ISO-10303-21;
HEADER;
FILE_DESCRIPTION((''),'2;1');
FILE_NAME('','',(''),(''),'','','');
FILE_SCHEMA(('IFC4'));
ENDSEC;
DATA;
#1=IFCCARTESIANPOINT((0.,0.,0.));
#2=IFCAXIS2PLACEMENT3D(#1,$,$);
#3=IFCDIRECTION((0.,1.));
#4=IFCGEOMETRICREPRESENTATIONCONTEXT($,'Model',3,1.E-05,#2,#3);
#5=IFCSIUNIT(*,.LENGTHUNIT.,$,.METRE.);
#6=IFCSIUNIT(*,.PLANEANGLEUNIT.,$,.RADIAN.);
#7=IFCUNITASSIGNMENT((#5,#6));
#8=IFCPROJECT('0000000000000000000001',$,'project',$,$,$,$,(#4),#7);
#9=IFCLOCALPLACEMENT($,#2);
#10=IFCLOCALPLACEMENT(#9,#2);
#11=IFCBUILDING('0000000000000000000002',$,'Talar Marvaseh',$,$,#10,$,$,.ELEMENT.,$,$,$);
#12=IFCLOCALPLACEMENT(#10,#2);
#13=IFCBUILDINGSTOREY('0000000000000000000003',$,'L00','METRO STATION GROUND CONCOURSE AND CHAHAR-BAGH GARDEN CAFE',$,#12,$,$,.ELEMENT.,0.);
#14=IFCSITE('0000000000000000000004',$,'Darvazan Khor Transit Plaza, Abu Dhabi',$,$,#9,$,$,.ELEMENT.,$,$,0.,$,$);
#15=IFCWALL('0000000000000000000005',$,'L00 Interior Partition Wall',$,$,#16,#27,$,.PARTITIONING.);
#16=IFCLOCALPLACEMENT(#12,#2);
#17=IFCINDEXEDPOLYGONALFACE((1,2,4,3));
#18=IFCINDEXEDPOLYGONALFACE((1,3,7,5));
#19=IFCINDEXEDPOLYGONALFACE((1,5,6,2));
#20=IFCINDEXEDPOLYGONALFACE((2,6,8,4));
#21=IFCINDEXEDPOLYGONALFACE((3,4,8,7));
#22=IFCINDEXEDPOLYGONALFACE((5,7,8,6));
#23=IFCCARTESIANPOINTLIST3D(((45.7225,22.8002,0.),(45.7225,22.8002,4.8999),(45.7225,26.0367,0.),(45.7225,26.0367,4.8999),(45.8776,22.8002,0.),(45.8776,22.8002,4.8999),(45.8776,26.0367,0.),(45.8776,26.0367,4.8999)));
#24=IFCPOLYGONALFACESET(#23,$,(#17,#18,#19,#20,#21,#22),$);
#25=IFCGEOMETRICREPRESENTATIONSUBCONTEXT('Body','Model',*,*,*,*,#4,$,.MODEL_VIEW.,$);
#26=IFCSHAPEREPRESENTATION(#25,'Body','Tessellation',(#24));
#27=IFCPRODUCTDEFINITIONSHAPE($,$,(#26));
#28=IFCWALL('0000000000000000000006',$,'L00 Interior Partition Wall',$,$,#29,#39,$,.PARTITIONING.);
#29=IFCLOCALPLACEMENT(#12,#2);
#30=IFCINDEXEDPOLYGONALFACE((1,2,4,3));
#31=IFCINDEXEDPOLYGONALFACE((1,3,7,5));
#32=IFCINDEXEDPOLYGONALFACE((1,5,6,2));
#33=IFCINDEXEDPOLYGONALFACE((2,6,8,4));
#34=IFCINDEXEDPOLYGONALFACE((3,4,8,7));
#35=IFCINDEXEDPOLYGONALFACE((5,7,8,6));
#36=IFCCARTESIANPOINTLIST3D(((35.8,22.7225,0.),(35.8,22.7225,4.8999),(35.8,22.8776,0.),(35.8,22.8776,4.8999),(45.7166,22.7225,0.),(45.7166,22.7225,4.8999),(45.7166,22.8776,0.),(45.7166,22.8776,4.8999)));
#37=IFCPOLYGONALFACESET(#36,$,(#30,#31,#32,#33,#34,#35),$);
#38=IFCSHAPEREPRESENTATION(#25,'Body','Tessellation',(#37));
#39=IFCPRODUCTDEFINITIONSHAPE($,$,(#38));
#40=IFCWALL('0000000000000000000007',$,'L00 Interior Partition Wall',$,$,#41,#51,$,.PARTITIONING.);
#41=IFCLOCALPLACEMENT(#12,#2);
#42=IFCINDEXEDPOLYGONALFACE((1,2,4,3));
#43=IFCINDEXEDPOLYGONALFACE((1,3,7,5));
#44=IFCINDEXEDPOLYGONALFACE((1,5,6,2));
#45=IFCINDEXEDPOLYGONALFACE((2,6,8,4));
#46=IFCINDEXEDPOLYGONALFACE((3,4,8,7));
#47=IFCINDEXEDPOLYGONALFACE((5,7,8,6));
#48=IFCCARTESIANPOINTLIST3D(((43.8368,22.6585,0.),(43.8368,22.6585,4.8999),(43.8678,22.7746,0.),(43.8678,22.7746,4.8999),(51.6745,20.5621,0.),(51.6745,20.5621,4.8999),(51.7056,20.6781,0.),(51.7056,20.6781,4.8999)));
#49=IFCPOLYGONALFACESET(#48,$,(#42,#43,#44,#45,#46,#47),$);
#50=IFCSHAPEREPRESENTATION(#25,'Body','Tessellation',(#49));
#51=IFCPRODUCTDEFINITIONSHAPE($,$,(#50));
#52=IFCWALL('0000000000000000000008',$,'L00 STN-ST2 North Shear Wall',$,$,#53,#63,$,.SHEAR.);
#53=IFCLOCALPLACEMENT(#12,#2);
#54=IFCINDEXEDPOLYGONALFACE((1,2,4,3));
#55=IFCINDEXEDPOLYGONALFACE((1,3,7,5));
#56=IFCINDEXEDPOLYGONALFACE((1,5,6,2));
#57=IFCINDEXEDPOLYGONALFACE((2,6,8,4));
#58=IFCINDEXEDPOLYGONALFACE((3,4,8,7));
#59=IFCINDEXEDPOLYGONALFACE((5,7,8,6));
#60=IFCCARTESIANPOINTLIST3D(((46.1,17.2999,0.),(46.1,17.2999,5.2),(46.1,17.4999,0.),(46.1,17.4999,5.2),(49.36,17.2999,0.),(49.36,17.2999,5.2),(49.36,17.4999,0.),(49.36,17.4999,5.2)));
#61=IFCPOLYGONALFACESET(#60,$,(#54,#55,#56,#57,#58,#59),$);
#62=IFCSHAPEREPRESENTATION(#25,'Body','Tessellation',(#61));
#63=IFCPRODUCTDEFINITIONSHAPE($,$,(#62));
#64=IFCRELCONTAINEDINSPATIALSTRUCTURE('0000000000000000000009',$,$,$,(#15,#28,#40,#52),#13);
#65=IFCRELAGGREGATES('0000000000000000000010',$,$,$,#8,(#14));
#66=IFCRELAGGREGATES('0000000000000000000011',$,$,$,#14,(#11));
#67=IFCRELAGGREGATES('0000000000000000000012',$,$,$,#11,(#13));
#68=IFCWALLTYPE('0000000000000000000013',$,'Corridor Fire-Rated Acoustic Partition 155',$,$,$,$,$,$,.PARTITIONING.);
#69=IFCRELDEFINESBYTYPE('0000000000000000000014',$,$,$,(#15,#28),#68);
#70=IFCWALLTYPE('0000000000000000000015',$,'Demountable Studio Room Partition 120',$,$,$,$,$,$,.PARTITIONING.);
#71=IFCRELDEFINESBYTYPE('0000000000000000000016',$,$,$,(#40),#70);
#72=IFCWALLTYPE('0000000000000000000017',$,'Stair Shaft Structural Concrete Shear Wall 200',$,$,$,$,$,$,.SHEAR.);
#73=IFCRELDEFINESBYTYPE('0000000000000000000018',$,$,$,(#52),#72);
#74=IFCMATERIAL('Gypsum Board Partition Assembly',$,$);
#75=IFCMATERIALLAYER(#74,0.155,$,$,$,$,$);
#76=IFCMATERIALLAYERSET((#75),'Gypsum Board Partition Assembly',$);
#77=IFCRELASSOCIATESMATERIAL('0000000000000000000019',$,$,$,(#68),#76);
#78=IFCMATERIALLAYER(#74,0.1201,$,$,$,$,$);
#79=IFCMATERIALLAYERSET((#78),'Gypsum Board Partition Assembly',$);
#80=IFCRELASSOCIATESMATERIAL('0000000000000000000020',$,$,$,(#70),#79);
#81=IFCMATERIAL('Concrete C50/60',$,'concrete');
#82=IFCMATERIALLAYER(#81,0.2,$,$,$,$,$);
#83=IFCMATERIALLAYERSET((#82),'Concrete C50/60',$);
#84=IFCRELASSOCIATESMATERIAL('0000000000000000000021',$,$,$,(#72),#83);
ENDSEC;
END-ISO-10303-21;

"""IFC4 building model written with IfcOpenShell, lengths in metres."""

from ifc_helpers import new_model, si_unit, direction, frame, frame_2d, origin, place, context, subcontext, project, spatial, rectangle, extrude, material, layer, layer_set, type_object, element, save


model = new_model("IFC4")

# Units and contexts
model_context = context("Model", 3, precision=1e-05, world=origin(), true_north=direction((0.0, 1.0)))
body_context = subcontext(model_context, "Body", "Model", "MODEL_VIEW")
ifc_project = project(units=[si_unit("LENGTHUNIT", "METRE"), si_unit("PLANEANGLEUNIT", "RADIAN")], contexts=[model_context])

# Site, building, storey
site_placement = place(None, origin())
site = spatial("IfcSite", under=ifc_project, at=site_placement, Name="Darvazan Khor Transit Plaza, Abu Dhabi", CompositionType="ELEMENT", RefElevation=0.0)
building_placement = place(site_placement, origin())
building = spatial("IfcBuilding", under=site, at=building_placement, Name="Talar Marvaseh", CompositionType="ELEMENT")
storey_placement = place(building_placement, origin())
storey = spatial("IfcBuildingStorey", under=building, at=storey_placement, Name="L00", Description="METRO STATION GROUND CONCOURSE AND CHAHAR-BAGH GARDEN CAFE", CompositionType="ELEMENT", Elevation=0.0)

# Walls
ifc_material_1 = material(Name="Gypsum Board Partition Assembly")
ifc_layer_1 = layer(ifc_material_1, 0.155)
ifc_layer_set_1 = layer_set([ifc_layer_1], Name="Gypsum Board Partition Assembly")
wall_type_1 = type_object("IfcWallType", Name="Corridor Fire-Rated Acoustic Partition 155", PredefinedType="PARTITIONING", material=ifc_layer_set_1)
wall_1_placement = place(storey_placement, frame((45.8, 26.0366, 0.0), z_axis=(0.0, 0.0, 1.0), x_axis=(0.0, -1.0, 0.0)))
element("IfcWall", 1, at=wall_1_placement, inside=storey, type_object=wall_type_1, Name="L00 Interior Partition Wall", PredefinedType="PARTITIONING", context=body_context, shape_type="SweptSolid", body=[
    extrude(rectangle(XDim=3.2366, YDim=0.155, at=frame_2d((1.6182, 0.0))), origin(), (0.0, 0.0, 1.0), 4.8999),
])
wall_2_placement = place(storey_placement, frame((45.7166, 22.8, 0.0), z_axis=(0.0, 0.0, 1.0), x_axis=(-1.0, 0.0, 0.0)))
element("IfcWall", 2, at=wall_2_placement, inside=storey, type_object=wall_type_1, Name="L00 Interior Partition Wall", PredefinedType="PARTITIONING", context=body_context, shape_type="SweptSolid", body=[
    extrude(rectangle(XDim=9.9165, YDim=0.155, at=frame_2d((4.9583, 0.0))), origin(), (0.0, 0.0, 1.0), 4.8999),
])
ifc_layer_2 = layer(ifc_material_1, 0.1201)
ifc_layer_set_2 = layer_set([ifc_layer_2], Name="Gypsum Board Partition Assembly")
wall_type_2 = type_object("IfcWallType", Name="Demountable Studio Room Partition 120", PredefinedType="PARTITIONING", material=ifc_layer_set_2)
wall_3_placement = place(storey_placement, frame((43.8523, 22.7166, 0.0), z_axis=(0.0, 0.0, 1.0), x_axis=(0.966038, -0.258399, 0.0)))
element("IfcWall", 3, at=wall_3_placement, inside=storey, type_object=wall_type_2, Name="L00 Interior Partition Wall", PredefinedType="PARTITIONING", context=body_context, shape_type="SweptSolid", body=[
    extrude(rectangle(XDim=8.1133, YDim=0.1201, at=frame_2d((4.0566, 0.0))), origin(), (0.0, 0.0, 1.0), 4.8999),
])
ifc_material_2 = material(Name="Concrete C50/60", Category="concrete")
ifc_layer_3 = layer(ifc_material_2, 0.2)
ifc_layer_set_3 = layer_set([ifc_layer_3], Name="Concrete C50/60")
wall_type_3 = type_object("IfcWallType", Name="Stair Shaft Structural Concrete Shear Wall 200", PredefinedType="SHEAR", material=ifc_layer_set_3)
wall_4_placement = place(storey_placement, frame((46.1001, 17.3999, 0.0), z_axis=(0.0, 0.0, 1.0), x_axis=(1.0, 0.0, 0.0)))
element("IfcWall", 4, at=wall_4_placement, inside=storey, type_object=wall_type_3, Name="L00 STN-ST2 North Shear Wall", PredefinedType="SHEAR", context=body_context, shape_type="SweptSolid", body=[
    extrude(rectangle(XDim=3.26, YDim=0.2, at=frame_2d((1.6299, 0.0))), origin(), (0.0, 0.0, 1.0), 5.2),
])

save(model, "model.ifc")
